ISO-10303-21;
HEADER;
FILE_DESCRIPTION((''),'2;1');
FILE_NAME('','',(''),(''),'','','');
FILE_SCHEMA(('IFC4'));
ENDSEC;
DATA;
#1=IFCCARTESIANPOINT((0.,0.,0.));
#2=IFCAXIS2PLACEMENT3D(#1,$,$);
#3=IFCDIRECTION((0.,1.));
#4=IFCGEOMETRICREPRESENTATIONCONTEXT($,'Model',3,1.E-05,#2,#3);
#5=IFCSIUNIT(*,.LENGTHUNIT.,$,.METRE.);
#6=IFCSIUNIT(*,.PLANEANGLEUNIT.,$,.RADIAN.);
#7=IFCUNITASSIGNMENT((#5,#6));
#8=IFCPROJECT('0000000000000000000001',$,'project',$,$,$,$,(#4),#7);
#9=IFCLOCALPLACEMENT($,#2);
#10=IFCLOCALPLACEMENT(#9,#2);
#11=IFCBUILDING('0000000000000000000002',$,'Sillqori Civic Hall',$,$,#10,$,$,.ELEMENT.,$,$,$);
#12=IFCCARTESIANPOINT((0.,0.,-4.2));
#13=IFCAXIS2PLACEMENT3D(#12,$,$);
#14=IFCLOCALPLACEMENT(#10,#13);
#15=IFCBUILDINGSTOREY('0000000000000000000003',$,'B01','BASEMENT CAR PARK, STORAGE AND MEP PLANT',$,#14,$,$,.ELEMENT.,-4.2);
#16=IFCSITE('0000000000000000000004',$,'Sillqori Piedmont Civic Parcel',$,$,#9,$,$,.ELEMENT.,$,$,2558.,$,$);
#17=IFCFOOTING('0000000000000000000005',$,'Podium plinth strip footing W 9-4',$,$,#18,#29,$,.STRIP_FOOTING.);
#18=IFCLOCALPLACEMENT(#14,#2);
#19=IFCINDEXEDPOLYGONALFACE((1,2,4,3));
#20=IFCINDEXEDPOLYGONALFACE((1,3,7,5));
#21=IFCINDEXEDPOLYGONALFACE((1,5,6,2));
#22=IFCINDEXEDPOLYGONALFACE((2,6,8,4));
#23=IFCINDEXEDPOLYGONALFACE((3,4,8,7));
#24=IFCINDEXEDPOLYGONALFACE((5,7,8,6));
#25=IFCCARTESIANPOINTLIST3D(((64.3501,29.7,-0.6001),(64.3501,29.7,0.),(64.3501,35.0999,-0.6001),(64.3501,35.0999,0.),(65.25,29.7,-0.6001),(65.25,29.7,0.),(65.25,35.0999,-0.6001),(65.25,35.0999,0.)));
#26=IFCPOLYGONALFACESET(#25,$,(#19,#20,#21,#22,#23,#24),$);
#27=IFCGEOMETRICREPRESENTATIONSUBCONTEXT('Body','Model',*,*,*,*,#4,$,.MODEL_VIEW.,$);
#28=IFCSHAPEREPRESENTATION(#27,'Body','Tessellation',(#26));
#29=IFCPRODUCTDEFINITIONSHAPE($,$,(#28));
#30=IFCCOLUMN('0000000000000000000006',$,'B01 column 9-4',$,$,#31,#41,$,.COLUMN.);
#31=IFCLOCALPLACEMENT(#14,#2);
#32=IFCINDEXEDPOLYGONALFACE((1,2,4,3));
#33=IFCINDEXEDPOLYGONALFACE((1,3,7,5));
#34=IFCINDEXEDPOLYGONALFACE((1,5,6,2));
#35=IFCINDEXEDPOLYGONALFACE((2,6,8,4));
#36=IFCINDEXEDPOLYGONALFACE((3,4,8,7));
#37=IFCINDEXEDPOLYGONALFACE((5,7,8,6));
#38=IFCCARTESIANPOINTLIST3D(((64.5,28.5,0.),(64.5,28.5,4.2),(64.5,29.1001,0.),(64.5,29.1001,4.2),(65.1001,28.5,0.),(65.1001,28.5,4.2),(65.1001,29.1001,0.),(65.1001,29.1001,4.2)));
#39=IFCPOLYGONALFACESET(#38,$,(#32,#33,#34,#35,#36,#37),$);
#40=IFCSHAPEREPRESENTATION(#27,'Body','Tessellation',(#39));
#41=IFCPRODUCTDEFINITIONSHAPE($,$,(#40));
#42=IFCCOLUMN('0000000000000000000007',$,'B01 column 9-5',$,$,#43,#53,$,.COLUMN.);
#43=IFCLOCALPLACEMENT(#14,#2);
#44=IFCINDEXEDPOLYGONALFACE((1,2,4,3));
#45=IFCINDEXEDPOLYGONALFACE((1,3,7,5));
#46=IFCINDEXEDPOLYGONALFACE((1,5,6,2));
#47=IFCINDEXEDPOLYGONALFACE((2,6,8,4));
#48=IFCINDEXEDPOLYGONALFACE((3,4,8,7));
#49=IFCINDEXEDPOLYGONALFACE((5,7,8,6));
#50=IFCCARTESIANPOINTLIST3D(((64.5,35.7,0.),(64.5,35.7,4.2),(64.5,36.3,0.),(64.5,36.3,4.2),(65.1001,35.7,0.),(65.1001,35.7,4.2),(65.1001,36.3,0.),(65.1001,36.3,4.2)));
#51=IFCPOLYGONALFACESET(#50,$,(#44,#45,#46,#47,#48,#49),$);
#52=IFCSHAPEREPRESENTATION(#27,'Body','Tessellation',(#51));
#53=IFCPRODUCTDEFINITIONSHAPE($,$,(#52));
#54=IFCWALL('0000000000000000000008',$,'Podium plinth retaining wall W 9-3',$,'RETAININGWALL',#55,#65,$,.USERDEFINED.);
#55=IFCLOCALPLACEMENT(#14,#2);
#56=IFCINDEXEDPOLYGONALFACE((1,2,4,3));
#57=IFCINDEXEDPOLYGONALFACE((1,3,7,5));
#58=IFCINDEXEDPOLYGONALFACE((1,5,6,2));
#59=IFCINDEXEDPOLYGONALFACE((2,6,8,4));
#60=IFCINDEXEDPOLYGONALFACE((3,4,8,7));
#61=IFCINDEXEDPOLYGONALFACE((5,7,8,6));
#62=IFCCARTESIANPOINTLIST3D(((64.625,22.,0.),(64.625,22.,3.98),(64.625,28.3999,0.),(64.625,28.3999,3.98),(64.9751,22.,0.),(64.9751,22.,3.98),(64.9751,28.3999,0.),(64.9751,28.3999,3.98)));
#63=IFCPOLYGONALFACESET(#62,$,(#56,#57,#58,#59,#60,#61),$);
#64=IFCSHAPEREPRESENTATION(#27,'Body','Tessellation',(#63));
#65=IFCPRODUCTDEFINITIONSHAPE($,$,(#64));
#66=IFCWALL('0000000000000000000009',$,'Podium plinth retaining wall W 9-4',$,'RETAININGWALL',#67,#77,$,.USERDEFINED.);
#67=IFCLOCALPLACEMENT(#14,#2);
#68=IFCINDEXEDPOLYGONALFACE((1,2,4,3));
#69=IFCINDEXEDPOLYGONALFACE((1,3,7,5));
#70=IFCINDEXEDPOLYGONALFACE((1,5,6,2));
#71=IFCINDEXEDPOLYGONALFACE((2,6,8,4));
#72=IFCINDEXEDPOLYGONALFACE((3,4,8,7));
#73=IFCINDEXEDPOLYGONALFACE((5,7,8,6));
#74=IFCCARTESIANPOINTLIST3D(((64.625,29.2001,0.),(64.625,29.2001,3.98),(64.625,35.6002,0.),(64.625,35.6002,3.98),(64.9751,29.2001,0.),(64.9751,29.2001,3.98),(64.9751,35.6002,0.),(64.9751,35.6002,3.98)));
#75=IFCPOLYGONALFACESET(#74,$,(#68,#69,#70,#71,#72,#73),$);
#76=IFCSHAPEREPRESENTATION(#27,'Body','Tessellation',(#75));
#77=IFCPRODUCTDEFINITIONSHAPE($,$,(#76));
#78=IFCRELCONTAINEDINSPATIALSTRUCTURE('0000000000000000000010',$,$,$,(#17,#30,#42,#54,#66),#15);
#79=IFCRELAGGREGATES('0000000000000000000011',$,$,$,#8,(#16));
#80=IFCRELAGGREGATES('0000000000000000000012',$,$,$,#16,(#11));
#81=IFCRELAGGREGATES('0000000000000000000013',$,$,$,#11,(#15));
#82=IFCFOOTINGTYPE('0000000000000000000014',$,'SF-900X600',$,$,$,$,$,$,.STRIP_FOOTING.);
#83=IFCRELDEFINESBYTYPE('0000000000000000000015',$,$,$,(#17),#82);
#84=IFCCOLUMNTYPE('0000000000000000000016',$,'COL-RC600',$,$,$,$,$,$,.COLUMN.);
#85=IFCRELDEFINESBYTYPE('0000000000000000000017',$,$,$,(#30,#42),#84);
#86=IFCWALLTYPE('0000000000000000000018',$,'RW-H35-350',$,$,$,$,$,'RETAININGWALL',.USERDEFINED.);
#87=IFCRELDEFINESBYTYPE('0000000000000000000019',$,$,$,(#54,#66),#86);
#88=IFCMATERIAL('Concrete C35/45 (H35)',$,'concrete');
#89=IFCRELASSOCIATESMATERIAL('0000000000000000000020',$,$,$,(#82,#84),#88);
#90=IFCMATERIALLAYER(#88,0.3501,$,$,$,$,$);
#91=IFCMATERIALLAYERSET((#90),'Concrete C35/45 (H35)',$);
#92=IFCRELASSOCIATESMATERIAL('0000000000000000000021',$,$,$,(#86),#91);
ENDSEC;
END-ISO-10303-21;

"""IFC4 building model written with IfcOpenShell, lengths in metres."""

from ifc_helpers import new_model, si_unit, direction, frame, frame_2d, origin, origin_2d, place, context, subcontext, project, spatial, rectangle, extrude, material, layer, layer_set, material_profile, profile_set, type_object, element, save


model = new_model("IFC4")

# Units and contexts
model_context = context("Model", 3, precision=1e-05, world=origin(), true_north=direction((0.0, 1.0)))
body_context = subcontext(model_context, "Body", "Model", "MODEL_VIEW")
ifc_project = project(units=[si_unit("LENGTHUNIT", "METRE"), si_unit("PLANEANGLEUNIT", "RADIAN")], contexts=[model_context])

# Site, building, storey
site_placement = place(None, origin())
site = spatial("IfcSite", under=ifc_project, at=site_placement, Name="Sillqori Piedmont Civic Parcel", CompositionType="ELEMENT", RefElevation=2558.0)
building_placement = place(site_placement, origin())
building = spatial("IfcBuilding", under=site, at=building_placement, Name="Sillqori Civic Hall", CompositionType="ELEMENT")
storey_placement = place(building_placement, frame((0.0, 0.0, -4.2)))
storey = spatial("IfcBuildingStorey", under=building, at=storey_placement, Name="B01", Description="BASEMENT CAR PARK, STORAGE AND MEP PLANT", CompositionType="ELEMENT", Elevation=-4.2)

# Shared definitions
ifc_material = material(Name="Concrete C35/45 (H35)", Category="concrete")

# Footing
footing_type_1 = type_object("IfcFootingType", Name="SF-900X600", PredefinedType="STRIP_FOOTING", material=ifc_material)
for number, where, z_axis, x_axis, name in (
    (1, (64.8, 32.3999, -0.6001), (0.0, 0.0, 1.0), (1.0, 0.0, 0.0), "Podium plinth strip footing W 9-4"),
):
    element("IfcFooting", number, at=place(storey_placement, frame(where, z_axis=z_axis, x_axis=x_axis)), inside=storey, type_object=footing_type_1, Name=name, PredefinedType="STRIP_FOOTING", context=body_context, shape_type="SweptSolid", body=[
        extrude(rectangle(XDim=0.8999, YDim=5.3999, at=origin_2d()), origin(), (0.0, 0.0, 1.0), 0.6001),
    ])

# Columns
ifc_material_profile_1 = material_profile(ifc_material, rectangle(XDim=0.6001, YDim=0.6001, at=origin_2d()), Name="RC 600x600")
ifc_profile_set_1 = profile_set([ifc_material_profile_1], Name="Concrete C35/45 (H35)")
column_type = type_object("IfcColumnType", Name="COL-RC600", PredefinedType="COLUMN", material=ifc_profile_set_1)
for number, where, z_axis, x_axis, name in (
    (2, (64.8, 28.8, 0.0), (0.0, 0.0, 1.0), (1.0, 0.0, 0.0), "B01 column 9-4"),
    (3, (64.8, 36.0, 0.0), (0.0, 0.0, 1.0), (1.0, 0.0, 0.0), "B01 column 9-5"),
):
    element("IfcColumn", number, at=place(storey_placement, frame(where, z_axis=z_axis, x_axis=x_axis)), inside=storey, type_object=column_type, Name=name, PredefinedType="COLUMN", context=body_context, shape_type="SweptSolid", body=[
        extrude(rectangle(XDim=0.6001, YDim=0.6001, at=origin_2d()), origin(), (0.0, 0.0, 1.0), 4.2),
    ])

# Walls
ifc_layer = layer(ifc_material, 0.3501)
ifc_layer_set = layer_set([ifc_layer], Name="Concrete C35/45 (H35)")
wall_type = type_object("IfcWallType", Name="RW-H35-350", ElementType="RETAININGWALL", PredefinedType="USERDEFINED", material=ifc_layer_set)
wall_1_placement = place(storey_placement, frame((64.8, 22.0, 0.0), z_axis=(0.0, 0.0, 1.0), x_axis=(0.0, 1.0, 0.0)))
element("IfcWall", 4, at=wall_1_placement, inside=storey, type_object=wall_type, Name="Podium plinth retaining wall W 9-3", ObjectType="RETAININGWALL", PredefinedType="USERDEFINED", context=body_context, shape_type="SweptSolid", body=[
    extrude(rectangle(XDim=6.3999, YDim=0.3501, at=frame_2d((3.2, 0.0))), origin(), (0.0, 0.0, 1.0), 3.98),
])
wall_2_placement = place(storey_placement, frame((64.8, 29.2, 0.0), z_axis=(0.0, 0.0, 1.0), x_axis=(0.0, 1.0, 0.0)))
element("IfcWall", 5, at=wall_2_placement, inside=storey, type_object=wall_type, Name="Podium plinth retaining wall W 9-4", ObjectType="RETAININGWALL", PredefinedType="USERDEFINED", context=body_context, shape_type="SweptSolid", body=[
    extrude(rectangle(XDim=6.4001, YDim=0.3501, at=frame_2d((3.2002, 0.0))), origin(), (0.0, 0.0, 1.0), 3.98),
])

save(model, "model.ifc")
